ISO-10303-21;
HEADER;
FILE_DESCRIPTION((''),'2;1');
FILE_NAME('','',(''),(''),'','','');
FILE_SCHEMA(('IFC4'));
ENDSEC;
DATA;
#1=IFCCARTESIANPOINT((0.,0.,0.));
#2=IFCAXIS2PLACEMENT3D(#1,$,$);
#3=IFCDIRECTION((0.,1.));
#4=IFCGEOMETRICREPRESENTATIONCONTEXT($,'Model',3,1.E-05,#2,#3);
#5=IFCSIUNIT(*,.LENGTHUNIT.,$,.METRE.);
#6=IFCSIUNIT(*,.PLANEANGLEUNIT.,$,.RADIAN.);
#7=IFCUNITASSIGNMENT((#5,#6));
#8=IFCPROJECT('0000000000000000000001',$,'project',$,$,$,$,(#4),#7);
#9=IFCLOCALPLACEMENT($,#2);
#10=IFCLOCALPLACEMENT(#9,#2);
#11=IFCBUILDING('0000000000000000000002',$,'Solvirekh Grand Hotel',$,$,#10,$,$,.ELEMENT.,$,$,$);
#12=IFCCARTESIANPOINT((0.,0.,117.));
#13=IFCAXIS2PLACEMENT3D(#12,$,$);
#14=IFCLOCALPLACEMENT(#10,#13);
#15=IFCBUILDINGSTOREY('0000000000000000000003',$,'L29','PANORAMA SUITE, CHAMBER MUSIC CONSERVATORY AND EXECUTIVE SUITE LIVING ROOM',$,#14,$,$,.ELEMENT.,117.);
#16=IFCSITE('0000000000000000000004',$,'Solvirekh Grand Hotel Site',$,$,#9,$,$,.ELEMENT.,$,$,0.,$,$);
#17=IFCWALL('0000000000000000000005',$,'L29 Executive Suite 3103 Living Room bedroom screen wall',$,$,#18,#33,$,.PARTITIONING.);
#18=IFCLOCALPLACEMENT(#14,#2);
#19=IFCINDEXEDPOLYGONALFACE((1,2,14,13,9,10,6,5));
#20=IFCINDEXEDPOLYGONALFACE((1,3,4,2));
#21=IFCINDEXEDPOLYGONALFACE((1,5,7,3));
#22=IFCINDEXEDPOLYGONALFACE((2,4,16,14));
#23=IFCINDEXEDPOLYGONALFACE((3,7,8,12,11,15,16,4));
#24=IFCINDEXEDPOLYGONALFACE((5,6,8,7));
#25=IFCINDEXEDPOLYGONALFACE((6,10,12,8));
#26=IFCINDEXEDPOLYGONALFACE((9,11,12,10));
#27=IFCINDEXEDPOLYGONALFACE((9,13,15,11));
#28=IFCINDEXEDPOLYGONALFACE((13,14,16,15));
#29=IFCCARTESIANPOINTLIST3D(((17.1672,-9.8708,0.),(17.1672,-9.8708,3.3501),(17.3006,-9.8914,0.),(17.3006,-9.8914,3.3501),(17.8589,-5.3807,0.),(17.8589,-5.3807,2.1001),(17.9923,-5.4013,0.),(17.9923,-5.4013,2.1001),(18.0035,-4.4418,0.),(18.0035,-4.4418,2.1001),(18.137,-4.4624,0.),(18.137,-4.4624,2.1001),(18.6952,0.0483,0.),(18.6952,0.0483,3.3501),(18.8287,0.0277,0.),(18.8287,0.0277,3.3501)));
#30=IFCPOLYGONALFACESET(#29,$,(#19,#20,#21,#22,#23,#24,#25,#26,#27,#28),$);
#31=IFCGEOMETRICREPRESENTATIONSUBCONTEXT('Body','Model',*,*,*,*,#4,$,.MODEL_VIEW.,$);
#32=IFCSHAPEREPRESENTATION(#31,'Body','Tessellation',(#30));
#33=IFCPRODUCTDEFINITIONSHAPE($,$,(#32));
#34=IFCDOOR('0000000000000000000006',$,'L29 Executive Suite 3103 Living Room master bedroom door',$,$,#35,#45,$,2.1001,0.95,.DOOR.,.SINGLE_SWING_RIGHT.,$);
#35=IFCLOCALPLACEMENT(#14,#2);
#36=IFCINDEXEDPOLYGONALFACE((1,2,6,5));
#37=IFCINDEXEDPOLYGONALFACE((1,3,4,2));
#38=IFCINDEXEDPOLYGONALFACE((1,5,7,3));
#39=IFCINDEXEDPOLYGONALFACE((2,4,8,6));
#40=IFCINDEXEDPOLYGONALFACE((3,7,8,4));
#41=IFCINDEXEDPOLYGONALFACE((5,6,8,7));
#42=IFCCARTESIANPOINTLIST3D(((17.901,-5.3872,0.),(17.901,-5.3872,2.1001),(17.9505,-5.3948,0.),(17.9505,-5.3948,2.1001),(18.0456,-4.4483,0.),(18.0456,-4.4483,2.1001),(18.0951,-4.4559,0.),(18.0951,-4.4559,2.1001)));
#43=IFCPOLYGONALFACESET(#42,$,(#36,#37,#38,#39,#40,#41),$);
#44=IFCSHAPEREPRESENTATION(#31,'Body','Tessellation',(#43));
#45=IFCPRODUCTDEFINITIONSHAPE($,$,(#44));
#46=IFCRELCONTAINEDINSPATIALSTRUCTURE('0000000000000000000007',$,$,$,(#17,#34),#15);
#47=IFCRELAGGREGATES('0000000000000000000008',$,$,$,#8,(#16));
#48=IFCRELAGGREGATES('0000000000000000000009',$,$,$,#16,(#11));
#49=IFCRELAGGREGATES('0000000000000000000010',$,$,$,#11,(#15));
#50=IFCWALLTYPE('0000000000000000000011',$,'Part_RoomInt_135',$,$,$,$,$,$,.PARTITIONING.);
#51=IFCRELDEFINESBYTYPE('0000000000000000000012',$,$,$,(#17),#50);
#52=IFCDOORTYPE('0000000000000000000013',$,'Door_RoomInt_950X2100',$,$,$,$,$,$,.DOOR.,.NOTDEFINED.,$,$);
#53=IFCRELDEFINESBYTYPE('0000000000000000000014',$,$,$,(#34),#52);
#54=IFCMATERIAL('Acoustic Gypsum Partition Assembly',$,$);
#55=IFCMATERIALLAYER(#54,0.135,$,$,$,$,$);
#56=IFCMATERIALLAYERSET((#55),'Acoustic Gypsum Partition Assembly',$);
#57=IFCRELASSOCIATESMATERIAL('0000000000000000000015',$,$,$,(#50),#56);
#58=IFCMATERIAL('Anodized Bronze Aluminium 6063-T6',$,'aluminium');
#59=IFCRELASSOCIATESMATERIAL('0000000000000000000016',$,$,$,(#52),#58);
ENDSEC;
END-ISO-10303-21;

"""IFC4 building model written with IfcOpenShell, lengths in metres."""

from ifc_helpers import new_model, si_unit, direction, frame, frame_2d, origin, place, context, subcontext, project, spatial, rectangle, extrude, material, layer, layer_set, type_object, element, fill, save


model = new_model("IFC4")

# Units and contexts
model_context = context("Model", 3, precision=1e-05, world=origin(), true_north=direction((0.0, 1.0)))
body_context = subcontext(model_context, "Body", "Model", "MODEL_VIEW")
ifc_project = project(units=[si_unit("LENGTHUNIT", "METRE"), si_unit("PLANEANGLEUNIT", "RADIAN")], contexts=[model_context])

# Site, building, storey
site_placement = place(None, origin())
site = spatial("IfcSite", under=ifc_project, at=site_placement, Name="Solvirekh Grand Hotel Site", CompositionType="ELEMENT", RefElevation=0.0)
building_placement = place(site_placement, origin())
building = spatial("IfcBuilding", under=site, at=building_placement, Name="Solvirekh Grand Hotel", CompositionType="ELEMENT")
storey_placement = place(building_placement, frame((0.0, 0.0, 117.0)))
storey = spatial("IfcBuildingStorey", under=building, at=storey_placement, Name="L29", Description="PANORAMA SUITE, CHAMBER MUSIC CONSERVATORY AND EXECUTIVE SUITE LIVING ROOM", CompositionType="ELEMENT", Elevation=117.0)

# Shared definitions
ifc_material_1 = material(Name="Anodized Bronze Aluminium 6063-T6", Category="aluminium")

# Shared definitions
ifc_material_2 = material(Name="Acoustic Gypsum Partition Assembly")

# Wall, opening, door
ifc_layer_1 = layer(ifc_material_2, 0.135)
ifc_layer_set_1 = layer_set([ifc_layer_1], Name="Acoustic Gypsum Partition Assembly")
wall_type_1 = type_object("IfcWallType", Name="Part_RoomInt_135", PredefinedType="PARTITIONING", material=ifc_layer_set_1)
wall_1_placement = place(storey_placement, frame((17.2339, -9.8811, 0.0), z_axis=(0.0, 0.0, 1.0), x_axis=(0.152256, 0.988341, 0.0)))
wall_1 = element("IfcWall", 1, at=wall_1_placement, inside=storey, type_object=wall_type_1, Name="L29 Executive Suite 3103 Living Room bedroom screen wall", PredefinedType="PARTITIONING", context=body_context, shape_type="SweptSolid", body=[
    extrude(rectangle(XDim=10.0361, YDim=0.135, at=frame_2d((5.0181, 0.0))), origin(), (0.0, 0.0, 1.0), 3.3501),
])
opening_1_placement = place(wall_1_placement, frame((4.543, 0.0, 0.0)))
opening_1 = element("IfcOpeningElement", 2, at=opening_1_placement, cuts=wall_1, PredefinedType="OPENING", context=body_context, shape_type="SweptSolid", body=[
    extrude(rectangle(XDim=0.95, YDim=2.1001, at=frame_2d((0.4751, 1.05))), frame((0.0, 0.0776, 0.0), z_axis=(0.0, -1.0, 0.0), x_axis=(1.0, 0.0, 0.0)), (0.0, 0.0, 1.0), 0.155),
])
door_type = type_object("IfcDoorType", Name="Door_RoomInt_950X2100", OperationType="NOTDEFINED", PredefinedType="DOOR", material=ifc_material_1)
door_placement = place(opening_1_placement, origin())
door = element("IfcDoor", 3, at=door_placement, inside=storey, type_object=door_type, Name="L29 Executive Suite 3103 Living Room master bedroom door", OperationType="SINGLE_SWING_RIGHT", OverallHeight=2.1001, OverallWidth=0.95, PredefinedType="DOOR", context=body_context, shape_type="SweptSolid", body=[
    extrude(rectangle(XDim=0.95, YDim=2.1001, at=frame_2d((0.4751, 1.05))), frame((0.0, 0.0249, 0.0), z_axis=(0.0, -1.0, 0.0), x_axis=(1.0, 0.0, 0.0)), (0.0, 0.0, 1.0), 0.05),
])
fill(opening_1, door)

save(model, "model.ifc")
